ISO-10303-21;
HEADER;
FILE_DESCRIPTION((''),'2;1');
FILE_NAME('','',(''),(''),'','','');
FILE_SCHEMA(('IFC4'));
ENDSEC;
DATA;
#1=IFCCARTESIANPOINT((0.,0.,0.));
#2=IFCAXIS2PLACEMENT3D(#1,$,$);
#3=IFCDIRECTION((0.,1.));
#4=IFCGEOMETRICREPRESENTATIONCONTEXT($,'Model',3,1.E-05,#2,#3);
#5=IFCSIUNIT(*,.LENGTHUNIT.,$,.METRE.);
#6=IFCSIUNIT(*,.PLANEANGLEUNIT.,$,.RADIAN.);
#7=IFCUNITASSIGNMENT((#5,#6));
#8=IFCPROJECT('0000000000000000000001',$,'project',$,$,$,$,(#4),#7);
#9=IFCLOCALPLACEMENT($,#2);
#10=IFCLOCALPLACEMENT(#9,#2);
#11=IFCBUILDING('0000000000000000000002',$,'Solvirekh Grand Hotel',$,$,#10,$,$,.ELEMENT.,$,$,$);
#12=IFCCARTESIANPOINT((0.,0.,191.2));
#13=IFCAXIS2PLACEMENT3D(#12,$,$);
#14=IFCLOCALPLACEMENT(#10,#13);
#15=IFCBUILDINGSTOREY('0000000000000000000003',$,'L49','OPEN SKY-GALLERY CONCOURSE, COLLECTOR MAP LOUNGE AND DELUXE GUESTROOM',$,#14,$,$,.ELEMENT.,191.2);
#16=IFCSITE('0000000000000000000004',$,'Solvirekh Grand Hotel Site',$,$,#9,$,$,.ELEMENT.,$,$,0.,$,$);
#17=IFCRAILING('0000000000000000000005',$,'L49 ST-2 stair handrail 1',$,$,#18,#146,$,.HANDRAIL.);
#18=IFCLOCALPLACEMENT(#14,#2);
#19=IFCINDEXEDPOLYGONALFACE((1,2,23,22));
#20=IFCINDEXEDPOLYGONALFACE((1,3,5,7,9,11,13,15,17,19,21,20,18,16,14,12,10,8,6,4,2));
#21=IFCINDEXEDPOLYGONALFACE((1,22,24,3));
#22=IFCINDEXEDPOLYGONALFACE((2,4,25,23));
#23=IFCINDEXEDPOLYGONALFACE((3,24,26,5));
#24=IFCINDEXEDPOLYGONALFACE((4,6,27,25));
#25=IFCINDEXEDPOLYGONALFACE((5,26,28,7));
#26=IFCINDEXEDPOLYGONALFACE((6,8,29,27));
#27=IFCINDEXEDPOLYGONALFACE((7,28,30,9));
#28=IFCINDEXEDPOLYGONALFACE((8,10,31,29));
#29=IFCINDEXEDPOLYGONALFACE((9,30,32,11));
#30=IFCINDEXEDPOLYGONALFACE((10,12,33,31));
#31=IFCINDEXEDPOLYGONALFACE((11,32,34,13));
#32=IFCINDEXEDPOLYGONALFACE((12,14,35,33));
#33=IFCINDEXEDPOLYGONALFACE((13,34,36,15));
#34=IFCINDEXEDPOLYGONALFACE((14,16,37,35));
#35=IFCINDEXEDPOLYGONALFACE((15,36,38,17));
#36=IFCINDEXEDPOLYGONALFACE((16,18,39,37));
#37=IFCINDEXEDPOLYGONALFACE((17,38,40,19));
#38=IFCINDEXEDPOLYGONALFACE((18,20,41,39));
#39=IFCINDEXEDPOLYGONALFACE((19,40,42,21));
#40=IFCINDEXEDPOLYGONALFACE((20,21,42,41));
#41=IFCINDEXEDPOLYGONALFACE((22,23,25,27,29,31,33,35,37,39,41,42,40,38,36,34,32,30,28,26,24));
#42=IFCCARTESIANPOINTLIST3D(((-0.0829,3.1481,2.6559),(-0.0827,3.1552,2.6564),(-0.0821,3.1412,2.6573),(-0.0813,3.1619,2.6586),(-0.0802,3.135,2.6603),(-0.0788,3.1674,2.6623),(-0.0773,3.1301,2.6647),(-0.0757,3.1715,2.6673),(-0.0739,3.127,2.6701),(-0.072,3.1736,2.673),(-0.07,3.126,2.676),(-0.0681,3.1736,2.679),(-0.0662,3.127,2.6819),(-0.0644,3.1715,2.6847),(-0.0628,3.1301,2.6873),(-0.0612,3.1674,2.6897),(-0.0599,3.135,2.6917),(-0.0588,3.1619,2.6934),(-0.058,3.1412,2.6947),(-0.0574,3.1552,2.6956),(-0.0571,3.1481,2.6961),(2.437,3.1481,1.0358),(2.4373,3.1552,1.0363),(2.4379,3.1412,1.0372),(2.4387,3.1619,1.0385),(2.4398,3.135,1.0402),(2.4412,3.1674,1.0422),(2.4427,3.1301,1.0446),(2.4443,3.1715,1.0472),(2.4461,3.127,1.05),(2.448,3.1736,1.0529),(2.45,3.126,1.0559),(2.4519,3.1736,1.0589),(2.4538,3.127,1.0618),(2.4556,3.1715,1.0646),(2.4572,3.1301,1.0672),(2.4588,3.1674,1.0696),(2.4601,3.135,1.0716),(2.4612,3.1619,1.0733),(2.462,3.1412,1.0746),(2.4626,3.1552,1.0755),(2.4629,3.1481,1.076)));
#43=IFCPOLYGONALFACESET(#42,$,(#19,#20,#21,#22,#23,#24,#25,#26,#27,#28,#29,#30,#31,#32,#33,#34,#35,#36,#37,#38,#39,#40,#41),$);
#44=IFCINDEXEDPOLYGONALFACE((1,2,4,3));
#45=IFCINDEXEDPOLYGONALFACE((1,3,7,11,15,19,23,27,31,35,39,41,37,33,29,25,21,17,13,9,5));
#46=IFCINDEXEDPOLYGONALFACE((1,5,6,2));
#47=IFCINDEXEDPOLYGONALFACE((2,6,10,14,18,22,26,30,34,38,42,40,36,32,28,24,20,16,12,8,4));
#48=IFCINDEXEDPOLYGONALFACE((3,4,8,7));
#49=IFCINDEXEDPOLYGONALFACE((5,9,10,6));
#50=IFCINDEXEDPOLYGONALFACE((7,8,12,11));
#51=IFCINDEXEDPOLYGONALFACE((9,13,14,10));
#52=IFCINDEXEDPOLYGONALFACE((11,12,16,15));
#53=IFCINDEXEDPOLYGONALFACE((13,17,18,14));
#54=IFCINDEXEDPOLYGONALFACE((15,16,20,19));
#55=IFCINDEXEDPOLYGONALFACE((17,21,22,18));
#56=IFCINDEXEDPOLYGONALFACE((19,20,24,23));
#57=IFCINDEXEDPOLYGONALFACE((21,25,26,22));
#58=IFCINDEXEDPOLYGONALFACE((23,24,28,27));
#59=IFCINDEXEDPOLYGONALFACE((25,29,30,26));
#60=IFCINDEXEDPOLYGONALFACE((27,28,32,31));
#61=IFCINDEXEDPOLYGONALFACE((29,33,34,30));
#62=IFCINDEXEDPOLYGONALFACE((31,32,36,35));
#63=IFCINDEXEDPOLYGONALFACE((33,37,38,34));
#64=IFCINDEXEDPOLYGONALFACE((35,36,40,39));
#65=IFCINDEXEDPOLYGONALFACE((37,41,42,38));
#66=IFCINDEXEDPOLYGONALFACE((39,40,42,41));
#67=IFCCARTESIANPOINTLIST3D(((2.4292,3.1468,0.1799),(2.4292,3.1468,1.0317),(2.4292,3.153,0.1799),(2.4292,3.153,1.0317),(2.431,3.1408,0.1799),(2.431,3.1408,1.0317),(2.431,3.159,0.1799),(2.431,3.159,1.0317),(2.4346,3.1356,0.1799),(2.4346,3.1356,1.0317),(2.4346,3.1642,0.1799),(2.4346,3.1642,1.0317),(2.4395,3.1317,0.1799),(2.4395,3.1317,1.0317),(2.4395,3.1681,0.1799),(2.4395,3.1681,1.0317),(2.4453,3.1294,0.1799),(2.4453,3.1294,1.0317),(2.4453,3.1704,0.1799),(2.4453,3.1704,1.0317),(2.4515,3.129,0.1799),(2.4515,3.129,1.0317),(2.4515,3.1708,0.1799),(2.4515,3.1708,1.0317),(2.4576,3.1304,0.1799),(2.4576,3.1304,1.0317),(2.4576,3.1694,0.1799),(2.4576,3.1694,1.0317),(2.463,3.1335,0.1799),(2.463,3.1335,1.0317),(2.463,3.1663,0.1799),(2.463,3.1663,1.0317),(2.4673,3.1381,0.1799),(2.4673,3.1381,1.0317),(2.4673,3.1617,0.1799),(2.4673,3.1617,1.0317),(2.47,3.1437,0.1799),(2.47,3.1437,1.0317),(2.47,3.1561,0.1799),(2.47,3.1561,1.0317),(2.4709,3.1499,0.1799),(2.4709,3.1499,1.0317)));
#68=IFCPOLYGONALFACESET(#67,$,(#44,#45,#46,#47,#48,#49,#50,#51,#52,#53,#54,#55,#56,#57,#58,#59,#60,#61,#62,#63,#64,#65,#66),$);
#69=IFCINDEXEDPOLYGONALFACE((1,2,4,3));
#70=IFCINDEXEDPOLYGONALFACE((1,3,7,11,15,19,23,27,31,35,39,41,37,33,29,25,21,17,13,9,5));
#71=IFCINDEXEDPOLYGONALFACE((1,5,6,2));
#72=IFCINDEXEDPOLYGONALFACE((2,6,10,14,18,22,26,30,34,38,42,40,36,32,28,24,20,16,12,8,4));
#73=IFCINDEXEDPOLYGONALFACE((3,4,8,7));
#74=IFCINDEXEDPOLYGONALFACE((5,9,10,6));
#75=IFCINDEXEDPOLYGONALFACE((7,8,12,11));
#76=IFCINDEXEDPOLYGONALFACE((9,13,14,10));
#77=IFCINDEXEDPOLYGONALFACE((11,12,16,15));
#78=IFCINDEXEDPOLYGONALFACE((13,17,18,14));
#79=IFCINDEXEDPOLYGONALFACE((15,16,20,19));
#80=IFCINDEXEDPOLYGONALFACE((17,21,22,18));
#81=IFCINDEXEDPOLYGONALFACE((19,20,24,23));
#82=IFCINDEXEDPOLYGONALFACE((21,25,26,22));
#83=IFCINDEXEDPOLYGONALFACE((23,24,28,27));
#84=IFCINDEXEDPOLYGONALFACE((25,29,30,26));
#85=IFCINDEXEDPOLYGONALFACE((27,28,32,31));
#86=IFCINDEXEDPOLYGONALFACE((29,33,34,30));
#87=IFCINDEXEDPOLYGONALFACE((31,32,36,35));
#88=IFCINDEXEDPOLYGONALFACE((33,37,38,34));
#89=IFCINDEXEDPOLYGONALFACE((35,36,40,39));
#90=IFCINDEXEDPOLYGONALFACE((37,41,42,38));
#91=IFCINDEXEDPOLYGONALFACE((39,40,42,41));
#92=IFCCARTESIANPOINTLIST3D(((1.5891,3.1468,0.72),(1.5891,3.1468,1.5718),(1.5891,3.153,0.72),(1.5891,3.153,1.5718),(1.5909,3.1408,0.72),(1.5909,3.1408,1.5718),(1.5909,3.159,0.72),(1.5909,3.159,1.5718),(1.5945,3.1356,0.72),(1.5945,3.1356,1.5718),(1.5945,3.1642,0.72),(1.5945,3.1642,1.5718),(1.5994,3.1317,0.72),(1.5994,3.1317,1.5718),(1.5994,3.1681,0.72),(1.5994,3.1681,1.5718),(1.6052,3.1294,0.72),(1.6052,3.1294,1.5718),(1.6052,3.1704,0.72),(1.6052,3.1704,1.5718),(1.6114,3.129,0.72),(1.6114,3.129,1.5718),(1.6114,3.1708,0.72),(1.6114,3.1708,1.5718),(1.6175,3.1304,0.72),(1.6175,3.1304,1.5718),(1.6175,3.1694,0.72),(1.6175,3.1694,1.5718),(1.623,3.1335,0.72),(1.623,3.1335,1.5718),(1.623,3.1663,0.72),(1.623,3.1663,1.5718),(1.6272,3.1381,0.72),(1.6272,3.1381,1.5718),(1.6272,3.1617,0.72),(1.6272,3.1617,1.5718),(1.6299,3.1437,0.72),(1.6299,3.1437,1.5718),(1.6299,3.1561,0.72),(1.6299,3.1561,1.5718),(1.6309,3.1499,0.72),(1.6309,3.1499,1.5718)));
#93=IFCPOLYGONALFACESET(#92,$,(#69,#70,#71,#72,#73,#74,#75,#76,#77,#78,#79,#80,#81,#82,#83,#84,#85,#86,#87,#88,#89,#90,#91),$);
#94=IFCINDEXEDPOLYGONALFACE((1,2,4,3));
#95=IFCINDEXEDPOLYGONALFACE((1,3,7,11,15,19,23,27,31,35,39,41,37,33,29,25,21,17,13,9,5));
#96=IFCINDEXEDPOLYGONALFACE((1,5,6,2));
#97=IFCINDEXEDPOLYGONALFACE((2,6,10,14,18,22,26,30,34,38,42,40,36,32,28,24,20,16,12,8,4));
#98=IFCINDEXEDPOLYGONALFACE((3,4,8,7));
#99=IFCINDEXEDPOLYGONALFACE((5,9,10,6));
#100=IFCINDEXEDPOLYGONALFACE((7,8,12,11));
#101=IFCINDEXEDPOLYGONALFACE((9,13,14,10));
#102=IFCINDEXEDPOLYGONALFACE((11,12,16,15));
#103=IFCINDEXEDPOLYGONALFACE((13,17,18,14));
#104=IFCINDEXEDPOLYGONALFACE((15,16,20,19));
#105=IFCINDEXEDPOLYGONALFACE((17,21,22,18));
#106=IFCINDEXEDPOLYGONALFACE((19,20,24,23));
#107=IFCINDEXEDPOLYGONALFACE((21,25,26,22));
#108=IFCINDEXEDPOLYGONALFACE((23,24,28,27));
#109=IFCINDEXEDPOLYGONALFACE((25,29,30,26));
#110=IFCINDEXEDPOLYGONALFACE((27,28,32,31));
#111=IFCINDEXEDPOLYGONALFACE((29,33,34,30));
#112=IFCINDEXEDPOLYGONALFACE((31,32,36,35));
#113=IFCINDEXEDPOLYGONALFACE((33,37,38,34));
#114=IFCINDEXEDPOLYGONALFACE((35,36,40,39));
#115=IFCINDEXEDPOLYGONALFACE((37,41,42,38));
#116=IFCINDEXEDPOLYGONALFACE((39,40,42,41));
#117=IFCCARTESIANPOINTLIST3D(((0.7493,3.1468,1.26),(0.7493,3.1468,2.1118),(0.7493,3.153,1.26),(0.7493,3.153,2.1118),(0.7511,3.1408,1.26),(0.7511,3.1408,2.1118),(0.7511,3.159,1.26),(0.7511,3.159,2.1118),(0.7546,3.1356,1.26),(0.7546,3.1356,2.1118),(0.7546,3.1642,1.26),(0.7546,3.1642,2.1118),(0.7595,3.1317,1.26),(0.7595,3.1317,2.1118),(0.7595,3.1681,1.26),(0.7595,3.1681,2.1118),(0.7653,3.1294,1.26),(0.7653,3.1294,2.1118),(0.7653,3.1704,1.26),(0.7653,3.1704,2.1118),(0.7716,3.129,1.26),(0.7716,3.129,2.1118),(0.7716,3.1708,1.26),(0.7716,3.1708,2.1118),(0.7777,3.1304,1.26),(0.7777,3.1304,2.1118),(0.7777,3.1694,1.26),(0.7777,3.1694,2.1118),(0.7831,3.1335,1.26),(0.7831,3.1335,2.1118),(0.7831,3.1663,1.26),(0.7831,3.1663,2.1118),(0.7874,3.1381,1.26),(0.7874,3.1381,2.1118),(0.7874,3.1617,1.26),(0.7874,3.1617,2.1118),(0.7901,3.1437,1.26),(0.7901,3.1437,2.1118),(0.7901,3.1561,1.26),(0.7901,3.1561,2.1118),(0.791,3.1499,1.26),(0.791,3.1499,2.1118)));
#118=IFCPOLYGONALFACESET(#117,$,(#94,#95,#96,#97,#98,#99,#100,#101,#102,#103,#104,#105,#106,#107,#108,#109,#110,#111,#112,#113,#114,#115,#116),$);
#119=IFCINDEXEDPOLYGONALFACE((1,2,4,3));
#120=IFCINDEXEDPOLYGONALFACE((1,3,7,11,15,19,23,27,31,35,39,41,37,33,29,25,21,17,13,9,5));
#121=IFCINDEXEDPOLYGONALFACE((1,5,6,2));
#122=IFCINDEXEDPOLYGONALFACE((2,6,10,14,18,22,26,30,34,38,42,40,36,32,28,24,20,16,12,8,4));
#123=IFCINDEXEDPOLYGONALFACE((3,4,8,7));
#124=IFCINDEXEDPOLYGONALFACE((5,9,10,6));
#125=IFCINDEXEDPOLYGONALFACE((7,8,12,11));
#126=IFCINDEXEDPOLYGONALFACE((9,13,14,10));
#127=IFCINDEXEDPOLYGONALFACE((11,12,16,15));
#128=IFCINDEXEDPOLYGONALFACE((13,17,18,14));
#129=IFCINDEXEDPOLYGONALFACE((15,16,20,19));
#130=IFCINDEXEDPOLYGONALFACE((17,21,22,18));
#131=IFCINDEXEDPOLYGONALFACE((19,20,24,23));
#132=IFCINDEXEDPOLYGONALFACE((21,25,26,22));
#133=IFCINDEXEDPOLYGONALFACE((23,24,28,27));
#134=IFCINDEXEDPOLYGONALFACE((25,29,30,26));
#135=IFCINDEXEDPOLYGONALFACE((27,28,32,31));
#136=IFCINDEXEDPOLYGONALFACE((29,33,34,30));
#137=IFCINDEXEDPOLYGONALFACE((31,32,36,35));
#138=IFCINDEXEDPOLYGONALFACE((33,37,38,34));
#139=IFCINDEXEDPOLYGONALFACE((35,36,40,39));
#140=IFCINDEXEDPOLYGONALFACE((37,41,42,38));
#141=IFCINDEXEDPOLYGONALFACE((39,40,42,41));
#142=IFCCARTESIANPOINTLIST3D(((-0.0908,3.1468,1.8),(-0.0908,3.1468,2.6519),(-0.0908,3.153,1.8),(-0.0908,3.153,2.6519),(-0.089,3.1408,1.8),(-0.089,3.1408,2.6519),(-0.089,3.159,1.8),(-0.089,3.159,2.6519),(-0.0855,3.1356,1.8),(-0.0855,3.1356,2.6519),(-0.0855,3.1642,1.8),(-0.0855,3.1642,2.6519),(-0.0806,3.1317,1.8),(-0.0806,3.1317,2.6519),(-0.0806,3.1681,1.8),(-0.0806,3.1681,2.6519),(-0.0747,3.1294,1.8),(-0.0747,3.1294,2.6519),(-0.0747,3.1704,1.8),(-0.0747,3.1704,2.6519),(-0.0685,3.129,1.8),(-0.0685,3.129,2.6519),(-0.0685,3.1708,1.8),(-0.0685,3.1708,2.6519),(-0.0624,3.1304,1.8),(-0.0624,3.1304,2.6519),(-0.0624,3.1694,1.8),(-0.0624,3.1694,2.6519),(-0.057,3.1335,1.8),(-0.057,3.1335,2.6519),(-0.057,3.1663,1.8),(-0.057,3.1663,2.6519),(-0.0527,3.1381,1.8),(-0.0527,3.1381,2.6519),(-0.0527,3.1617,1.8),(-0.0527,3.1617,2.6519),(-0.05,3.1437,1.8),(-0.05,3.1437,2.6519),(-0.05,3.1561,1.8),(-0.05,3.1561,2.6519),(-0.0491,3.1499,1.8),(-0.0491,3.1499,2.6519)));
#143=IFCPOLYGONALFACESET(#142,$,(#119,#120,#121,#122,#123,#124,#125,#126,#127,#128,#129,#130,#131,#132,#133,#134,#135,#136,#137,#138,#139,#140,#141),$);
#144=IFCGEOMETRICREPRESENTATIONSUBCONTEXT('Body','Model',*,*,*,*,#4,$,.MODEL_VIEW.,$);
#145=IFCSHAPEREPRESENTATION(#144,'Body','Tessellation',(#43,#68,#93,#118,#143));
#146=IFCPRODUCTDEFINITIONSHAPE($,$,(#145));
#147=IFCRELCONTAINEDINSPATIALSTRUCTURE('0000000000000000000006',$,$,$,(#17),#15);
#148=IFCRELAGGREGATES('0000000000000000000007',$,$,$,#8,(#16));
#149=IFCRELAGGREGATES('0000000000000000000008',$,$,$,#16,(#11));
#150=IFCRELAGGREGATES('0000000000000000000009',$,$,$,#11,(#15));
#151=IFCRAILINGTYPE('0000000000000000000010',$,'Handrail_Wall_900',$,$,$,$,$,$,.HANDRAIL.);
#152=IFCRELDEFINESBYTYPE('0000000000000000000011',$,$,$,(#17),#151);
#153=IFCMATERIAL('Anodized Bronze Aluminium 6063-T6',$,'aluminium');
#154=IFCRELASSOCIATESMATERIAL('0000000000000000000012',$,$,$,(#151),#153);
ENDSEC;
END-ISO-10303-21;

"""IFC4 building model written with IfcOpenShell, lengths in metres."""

from ifc_helpers import new_model, si_unit, direction, frame, origin, origin_2d, place, context, subcontext, project, spatial, circle, extrude, material, type_object, element, save


model = new_model("IFC4")

# Units and contexts
model_context = context("Model", 3, precision=1e-05, world=origin(), true_north=direction((0.0, 1.0)))
body_context = subcontext(model_context, "Body", "Model", "MODEL_VIEW")
ifc_project = project(units=[si_unit("LENGTHUNIT", "METRE"), si_unit("PLANEANGLEUNIT", "RADIAN")], contexts=[model_context])

# Site, building, storey
site_placement = place(None, origin())
site = spatial("IfcSite", under=ifc_project, at=site_placement, Name="Solvirekh Grand Hotel Site", CompositionType="ELEMENT", RefElevation=0.0)
building_placement = place(site_placement, origin())
building = spatial("IfcBuilding", under=site, at=building_placement, Name="Solvirekh Grand Hotel", CompositionType="ELEMENT")
storey_placement = place(building_placement, frame((0.0, 0.0, 191.2)))
storey = spatial("IfcBuildingStorey", under=building, at=storey_placement, Name="L49", Description="OPEN SKY-GALLERY CONCOURSE, COLLECTOR MAP LOUNGE AND DELUXE GUESTROOM", CompositionType="ELEMENT", Elevation=191.2)

# Shared definitions
ifc_material_1 = material(Name="Anodized Bronze Aluminium 6063-T6", Category="aluminium")

# Railing
railing_type_1 = type_object("IfcRailingType", Name="Handrail_Wall_900", PredefinedType="HANDRAIL", material=ifc_material_1)
railing_1_placement = place(storey_placement, frame((2.45, 3.1499, 0.1799)))
element("IfcRailing", 1, at=railing_1_placement, inside=storey, type_object=railing_type_1, Name="L49 ST-2 stair handrail 1", PredefinedType="HANDRAIL", context=body_context, shape_type="SweptSolid", body=[
    extrude(circle(Radius=0.0239, at=origin_2d()), frame((0.0, 0.0, 0.876), z_axis=(-0.841163, 0.0, 0.540782), x_axis=(0.0, -1.0, 0.0)), (0.0, 0.0, 1.0), 2.9958),
    extrude(circle(Radius=0.021, at=origin_2d()), origin(), (0.0, 0.0, 1.0), 0.8518),
    extrude(circle(Radius=0.021, at=origin_2d()), frame((-0.8401, 0.0, 0.54)), (0.0, 0.0, 1.0), 0.8518),
    extrude(circle(Radius=0.021, at=origin_2d()), frame((-1.6799, 0.0, 1.0801)), (0.0, 0.0, 1.0), 0.8518),
    extrude(circle(Radius=0.021, at=origin_2d()), frame((-2.52, 0.0, 1.6201)), (0.0, 0.0, 1.0), 0.8518),
])

save(model, "model.ifc")
